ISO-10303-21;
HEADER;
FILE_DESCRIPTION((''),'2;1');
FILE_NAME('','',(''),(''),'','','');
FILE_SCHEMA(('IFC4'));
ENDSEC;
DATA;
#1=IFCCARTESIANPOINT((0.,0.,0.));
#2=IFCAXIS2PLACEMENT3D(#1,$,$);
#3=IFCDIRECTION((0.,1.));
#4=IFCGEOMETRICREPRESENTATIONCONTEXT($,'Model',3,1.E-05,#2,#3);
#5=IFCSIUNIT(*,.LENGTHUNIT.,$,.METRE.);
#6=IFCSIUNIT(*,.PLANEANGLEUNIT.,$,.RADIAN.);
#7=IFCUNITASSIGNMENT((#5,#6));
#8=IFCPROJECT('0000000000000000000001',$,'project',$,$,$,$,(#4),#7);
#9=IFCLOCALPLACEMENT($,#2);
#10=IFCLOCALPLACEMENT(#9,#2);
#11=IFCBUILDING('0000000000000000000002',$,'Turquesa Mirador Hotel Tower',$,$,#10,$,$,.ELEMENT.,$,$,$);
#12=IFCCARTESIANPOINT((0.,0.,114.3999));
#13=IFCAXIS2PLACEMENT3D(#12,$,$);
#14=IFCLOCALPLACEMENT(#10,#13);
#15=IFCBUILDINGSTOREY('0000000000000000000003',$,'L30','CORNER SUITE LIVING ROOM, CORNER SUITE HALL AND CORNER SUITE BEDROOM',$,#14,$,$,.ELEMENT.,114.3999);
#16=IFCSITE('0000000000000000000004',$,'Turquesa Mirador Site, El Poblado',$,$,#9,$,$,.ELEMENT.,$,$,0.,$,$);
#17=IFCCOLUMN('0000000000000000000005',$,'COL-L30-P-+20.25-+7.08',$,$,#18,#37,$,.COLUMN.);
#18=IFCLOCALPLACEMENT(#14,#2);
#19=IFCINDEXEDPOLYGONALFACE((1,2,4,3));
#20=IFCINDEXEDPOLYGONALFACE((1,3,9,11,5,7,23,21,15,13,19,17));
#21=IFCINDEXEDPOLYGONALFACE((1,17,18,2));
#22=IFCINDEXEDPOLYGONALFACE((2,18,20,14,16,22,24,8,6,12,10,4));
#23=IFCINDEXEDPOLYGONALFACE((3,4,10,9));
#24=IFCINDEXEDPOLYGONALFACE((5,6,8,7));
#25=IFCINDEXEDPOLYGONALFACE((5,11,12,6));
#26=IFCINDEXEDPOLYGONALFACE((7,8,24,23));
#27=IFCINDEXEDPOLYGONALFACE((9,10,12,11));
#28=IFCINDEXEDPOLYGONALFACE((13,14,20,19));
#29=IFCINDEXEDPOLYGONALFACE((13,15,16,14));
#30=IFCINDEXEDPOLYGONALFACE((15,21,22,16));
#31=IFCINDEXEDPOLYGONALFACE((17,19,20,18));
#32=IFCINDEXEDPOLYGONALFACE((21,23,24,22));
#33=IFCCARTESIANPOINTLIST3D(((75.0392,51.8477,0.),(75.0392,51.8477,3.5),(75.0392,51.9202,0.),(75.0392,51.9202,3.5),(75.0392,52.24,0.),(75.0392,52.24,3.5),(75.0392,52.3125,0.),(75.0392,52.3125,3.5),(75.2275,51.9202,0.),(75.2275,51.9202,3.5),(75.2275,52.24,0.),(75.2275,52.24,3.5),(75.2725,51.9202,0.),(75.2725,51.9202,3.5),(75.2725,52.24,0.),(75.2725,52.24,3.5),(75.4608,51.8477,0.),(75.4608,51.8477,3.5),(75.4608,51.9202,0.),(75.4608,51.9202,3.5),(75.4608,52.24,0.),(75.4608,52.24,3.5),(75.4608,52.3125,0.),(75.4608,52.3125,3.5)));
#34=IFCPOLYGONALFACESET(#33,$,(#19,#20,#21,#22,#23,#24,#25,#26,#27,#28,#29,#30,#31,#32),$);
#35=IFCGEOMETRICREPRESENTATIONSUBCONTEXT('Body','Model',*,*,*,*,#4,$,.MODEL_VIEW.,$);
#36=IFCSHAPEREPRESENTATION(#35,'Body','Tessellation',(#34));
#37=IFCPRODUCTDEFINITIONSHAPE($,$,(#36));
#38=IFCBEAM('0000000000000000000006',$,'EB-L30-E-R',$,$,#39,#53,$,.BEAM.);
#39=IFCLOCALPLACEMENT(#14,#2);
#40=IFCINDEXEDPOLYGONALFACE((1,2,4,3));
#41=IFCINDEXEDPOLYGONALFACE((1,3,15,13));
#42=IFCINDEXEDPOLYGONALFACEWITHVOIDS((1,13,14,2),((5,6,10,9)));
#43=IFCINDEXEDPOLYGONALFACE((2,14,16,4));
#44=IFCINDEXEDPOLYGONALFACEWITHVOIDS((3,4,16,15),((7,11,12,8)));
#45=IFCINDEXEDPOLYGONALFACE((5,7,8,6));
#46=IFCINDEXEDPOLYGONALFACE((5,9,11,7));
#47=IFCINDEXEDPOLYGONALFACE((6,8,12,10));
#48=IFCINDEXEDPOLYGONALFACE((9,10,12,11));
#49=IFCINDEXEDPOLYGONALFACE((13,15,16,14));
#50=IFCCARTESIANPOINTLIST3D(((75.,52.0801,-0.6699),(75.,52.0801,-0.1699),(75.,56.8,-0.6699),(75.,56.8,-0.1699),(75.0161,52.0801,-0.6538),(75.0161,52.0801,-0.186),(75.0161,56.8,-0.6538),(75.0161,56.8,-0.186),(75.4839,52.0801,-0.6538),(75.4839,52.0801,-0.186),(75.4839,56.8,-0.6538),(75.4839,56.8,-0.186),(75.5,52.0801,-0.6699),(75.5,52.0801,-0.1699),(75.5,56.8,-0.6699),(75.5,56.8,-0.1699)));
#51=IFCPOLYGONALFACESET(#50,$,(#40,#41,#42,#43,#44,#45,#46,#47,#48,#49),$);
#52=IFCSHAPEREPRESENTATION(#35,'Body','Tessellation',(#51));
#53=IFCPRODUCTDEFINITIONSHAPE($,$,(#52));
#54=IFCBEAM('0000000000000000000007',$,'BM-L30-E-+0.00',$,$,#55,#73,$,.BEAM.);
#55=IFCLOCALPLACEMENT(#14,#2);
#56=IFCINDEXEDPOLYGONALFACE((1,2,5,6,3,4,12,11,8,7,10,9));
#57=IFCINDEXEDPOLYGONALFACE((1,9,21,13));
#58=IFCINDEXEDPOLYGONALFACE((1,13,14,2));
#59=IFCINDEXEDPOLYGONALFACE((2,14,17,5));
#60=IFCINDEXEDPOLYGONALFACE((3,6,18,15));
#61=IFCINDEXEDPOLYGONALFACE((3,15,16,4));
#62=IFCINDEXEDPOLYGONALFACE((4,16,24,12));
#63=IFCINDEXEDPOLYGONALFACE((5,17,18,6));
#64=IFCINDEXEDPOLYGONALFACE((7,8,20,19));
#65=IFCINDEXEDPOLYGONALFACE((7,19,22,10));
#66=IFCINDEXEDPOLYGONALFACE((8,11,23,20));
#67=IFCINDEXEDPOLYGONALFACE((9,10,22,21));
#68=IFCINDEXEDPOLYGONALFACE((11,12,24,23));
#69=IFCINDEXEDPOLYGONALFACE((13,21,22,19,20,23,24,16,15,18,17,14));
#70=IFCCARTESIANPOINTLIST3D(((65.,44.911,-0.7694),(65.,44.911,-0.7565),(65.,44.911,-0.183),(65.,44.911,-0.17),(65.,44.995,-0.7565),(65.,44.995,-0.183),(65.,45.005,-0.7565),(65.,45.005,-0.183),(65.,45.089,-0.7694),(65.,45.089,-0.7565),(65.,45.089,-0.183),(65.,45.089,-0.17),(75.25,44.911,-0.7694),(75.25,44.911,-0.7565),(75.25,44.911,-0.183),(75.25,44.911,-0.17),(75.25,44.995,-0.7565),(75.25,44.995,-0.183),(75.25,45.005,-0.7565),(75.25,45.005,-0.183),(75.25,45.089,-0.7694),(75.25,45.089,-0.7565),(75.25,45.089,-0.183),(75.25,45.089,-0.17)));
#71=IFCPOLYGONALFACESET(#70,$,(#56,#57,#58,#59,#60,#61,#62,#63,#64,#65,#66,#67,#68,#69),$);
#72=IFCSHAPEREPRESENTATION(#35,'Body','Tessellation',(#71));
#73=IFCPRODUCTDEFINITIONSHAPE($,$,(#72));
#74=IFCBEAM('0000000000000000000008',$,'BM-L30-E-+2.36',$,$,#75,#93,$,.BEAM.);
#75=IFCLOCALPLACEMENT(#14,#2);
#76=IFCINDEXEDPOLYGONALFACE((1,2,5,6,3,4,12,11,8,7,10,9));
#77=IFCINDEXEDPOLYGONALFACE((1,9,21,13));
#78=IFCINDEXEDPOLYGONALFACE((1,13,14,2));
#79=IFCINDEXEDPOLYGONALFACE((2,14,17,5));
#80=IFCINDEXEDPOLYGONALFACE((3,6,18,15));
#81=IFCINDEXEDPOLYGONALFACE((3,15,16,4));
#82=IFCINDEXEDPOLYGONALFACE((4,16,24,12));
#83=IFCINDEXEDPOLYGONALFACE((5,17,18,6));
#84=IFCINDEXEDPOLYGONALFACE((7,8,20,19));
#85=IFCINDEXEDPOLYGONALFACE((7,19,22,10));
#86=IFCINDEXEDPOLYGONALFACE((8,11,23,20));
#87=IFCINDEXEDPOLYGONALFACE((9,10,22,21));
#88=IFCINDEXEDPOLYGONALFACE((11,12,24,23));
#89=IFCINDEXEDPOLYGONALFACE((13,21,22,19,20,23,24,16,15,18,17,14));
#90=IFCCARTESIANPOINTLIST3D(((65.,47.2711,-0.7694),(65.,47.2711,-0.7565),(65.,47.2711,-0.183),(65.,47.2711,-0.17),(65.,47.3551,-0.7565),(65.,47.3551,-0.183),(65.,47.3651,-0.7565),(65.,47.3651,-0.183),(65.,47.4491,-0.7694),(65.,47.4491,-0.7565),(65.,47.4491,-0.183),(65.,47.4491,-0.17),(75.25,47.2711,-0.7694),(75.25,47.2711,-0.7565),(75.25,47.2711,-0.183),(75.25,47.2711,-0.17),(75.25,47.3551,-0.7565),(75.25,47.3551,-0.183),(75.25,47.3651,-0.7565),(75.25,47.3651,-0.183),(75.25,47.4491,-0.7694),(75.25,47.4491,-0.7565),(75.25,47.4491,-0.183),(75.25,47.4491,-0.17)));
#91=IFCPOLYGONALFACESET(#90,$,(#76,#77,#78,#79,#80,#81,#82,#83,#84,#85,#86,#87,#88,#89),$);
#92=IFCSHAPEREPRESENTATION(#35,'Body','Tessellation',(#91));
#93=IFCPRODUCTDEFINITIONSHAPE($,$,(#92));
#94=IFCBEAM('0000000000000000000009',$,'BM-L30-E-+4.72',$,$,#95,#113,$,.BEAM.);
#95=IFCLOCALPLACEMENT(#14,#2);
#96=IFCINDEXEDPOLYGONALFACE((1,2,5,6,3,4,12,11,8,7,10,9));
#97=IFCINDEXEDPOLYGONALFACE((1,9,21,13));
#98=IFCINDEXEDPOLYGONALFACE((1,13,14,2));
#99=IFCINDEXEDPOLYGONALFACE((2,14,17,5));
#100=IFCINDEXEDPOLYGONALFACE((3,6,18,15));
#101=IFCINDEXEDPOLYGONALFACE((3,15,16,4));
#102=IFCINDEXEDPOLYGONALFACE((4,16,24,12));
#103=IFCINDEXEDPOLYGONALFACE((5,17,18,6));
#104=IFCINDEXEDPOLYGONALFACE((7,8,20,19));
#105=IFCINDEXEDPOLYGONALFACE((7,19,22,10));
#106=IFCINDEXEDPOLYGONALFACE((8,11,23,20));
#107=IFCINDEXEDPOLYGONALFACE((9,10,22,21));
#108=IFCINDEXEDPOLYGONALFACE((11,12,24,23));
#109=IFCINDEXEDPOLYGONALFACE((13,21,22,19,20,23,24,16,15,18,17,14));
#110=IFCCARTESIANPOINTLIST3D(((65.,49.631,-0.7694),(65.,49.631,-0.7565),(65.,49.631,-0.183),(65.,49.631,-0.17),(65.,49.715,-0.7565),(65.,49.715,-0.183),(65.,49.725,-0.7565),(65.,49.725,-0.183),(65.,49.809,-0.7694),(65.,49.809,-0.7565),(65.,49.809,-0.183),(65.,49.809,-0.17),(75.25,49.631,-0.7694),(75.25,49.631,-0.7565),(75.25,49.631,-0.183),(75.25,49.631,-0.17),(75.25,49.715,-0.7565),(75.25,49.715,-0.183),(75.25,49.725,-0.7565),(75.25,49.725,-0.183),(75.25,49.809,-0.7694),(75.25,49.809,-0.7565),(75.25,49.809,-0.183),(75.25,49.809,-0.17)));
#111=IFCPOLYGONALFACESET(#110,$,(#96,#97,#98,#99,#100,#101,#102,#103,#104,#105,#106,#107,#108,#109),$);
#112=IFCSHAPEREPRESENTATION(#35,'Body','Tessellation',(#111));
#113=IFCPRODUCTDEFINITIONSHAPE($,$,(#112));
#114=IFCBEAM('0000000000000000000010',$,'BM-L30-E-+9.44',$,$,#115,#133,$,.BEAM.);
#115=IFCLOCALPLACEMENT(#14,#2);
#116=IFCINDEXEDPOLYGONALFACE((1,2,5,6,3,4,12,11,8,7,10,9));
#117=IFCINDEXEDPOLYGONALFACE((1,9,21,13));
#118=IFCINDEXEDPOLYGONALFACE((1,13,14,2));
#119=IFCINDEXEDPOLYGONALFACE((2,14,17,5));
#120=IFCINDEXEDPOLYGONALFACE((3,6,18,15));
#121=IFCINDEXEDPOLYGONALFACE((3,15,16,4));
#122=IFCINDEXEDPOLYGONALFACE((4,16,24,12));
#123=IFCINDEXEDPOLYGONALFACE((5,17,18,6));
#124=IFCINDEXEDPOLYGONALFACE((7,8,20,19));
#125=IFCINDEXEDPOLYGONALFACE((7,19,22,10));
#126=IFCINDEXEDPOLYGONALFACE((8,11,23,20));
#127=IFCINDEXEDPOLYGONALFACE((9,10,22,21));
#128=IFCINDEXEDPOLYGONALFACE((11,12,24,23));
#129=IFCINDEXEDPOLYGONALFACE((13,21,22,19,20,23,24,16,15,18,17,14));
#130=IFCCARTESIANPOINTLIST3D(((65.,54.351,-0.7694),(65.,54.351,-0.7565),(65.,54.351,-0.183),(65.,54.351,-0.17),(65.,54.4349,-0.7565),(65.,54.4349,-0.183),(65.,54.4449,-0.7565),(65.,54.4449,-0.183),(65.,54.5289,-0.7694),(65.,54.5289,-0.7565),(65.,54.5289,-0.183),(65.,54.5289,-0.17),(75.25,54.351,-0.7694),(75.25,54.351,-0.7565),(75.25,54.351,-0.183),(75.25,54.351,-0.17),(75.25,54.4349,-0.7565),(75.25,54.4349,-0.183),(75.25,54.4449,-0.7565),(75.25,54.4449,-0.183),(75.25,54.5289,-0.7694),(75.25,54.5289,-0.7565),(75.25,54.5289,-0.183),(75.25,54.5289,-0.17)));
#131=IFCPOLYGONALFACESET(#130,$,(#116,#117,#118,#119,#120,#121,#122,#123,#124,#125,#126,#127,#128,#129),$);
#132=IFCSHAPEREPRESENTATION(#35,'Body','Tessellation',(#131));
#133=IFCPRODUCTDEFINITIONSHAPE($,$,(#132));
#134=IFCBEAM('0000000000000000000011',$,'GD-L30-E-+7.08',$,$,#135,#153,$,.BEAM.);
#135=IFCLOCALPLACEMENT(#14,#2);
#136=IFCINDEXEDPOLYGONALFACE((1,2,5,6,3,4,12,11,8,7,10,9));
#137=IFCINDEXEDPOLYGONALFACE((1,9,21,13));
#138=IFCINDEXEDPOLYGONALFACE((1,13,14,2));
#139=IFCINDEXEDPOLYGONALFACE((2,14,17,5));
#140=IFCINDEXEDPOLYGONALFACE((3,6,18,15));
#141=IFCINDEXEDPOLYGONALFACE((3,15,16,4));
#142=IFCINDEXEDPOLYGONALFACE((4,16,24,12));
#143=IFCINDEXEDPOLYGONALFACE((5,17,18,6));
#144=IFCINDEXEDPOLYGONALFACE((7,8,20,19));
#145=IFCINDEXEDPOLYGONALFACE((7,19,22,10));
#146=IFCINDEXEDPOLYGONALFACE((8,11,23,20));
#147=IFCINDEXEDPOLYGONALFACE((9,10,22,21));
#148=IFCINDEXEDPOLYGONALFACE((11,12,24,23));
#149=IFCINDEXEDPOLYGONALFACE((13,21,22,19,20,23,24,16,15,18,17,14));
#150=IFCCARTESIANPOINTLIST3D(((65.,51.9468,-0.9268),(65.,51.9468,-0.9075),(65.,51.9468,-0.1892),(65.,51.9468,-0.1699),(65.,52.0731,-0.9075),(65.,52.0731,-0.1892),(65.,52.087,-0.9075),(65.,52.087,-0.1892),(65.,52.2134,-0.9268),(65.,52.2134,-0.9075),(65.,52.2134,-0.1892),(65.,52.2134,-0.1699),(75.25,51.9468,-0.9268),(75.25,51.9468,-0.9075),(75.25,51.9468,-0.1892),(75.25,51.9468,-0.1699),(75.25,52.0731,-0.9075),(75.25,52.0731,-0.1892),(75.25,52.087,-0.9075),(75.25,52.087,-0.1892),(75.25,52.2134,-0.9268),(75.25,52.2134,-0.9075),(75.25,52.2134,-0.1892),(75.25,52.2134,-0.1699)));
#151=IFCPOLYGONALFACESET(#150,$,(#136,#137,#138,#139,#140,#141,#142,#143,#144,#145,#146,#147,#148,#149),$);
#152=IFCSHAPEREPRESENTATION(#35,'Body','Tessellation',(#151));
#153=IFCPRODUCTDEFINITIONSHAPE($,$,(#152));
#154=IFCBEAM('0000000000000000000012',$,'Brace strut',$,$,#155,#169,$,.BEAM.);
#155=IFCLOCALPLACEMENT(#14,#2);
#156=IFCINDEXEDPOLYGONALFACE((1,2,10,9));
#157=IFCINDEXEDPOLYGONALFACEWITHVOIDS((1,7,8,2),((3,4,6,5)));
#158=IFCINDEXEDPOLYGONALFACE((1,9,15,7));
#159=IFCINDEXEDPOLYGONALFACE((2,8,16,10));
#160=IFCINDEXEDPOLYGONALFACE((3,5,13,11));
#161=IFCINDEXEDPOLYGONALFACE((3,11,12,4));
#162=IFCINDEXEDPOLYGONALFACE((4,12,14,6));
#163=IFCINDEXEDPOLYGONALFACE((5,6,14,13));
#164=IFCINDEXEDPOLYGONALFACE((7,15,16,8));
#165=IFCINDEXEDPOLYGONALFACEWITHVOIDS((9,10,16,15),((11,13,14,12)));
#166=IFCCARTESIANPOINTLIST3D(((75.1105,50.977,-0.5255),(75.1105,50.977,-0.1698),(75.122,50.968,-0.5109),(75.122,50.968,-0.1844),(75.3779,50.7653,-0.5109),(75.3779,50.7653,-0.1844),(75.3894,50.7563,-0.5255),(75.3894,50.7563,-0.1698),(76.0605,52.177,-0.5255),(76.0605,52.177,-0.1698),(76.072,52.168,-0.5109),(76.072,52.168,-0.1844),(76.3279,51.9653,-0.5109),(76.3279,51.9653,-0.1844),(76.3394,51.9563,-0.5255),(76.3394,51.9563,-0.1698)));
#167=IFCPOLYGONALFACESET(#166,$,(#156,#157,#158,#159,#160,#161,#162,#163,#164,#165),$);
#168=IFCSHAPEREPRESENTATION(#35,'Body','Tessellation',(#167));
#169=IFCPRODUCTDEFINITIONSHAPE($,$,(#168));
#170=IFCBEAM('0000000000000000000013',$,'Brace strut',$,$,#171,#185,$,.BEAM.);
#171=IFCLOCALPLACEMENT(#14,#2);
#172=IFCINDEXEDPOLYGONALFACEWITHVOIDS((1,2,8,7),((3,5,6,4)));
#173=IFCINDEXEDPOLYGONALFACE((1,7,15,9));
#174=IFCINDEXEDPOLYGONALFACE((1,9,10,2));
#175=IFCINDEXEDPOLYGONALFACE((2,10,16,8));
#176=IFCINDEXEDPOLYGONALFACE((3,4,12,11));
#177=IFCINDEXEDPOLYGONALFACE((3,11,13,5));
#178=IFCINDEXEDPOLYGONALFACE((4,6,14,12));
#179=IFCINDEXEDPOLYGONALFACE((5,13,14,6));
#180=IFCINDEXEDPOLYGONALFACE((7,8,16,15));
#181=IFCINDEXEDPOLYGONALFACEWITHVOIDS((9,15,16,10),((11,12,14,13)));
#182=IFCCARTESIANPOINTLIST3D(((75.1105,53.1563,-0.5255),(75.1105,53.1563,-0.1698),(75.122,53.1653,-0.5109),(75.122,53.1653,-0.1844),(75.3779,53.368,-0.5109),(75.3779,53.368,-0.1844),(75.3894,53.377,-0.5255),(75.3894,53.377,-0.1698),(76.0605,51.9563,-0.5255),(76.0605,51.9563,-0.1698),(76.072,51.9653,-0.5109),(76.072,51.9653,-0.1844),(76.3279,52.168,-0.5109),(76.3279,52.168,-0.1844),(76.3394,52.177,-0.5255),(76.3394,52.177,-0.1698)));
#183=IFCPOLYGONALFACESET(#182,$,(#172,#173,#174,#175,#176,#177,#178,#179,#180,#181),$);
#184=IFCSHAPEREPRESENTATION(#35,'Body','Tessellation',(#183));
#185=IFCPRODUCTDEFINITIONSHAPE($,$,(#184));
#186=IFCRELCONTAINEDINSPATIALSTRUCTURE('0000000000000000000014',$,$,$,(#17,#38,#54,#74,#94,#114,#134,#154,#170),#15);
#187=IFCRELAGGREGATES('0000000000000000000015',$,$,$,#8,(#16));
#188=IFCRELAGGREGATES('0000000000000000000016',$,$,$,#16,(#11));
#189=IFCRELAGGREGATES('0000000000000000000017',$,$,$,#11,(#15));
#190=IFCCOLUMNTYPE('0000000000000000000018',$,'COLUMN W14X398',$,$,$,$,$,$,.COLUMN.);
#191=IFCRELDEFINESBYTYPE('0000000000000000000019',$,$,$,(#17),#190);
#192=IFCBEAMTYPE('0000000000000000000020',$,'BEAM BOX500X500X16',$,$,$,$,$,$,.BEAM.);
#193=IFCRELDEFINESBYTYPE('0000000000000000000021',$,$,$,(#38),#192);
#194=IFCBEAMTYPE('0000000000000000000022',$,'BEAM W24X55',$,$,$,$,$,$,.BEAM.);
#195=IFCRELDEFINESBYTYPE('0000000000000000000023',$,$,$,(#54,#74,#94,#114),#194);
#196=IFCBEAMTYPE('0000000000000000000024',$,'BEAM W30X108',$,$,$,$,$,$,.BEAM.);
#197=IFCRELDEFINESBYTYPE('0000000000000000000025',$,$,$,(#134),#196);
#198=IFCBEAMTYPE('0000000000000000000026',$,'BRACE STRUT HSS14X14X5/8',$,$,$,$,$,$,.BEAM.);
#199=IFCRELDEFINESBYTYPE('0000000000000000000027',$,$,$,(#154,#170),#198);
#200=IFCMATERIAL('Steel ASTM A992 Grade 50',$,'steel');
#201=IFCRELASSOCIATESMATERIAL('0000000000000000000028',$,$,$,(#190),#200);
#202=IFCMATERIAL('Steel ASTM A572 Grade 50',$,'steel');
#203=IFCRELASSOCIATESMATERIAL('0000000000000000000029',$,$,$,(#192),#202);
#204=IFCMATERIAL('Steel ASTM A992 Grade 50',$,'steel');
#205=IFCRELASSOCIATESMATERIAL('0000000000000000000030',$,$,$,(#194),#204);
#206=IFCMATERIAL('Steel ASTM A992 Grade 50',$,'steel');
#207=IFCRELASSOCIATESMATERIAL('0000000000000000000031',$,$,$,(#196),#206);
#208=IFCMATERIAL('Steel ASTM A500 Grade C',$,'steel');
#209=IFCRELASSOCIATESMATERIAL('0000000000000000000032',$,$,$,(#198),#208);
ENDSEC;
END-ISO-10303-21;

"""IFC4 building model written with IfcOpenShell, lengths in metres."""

from ifc_helpers import new_model, si_unit, direction, frame, origin, origin_2d, place, context, subcontext, project, spatial, hollow_rectangle, i_section, extrude, material, material_profile, profile_set, type_object, element, save


model = new_model("IFC4")

# Units and contexts
model_context = context("Model", 3, precision=1e-05, world=origin(), true_north=direction((0.0, 1.0)))
body_context = subcontext(model_context, "Body", "Model", "MODEL_VIEW")
ifc_project = project(units=[si_unit("LENGTHUNIT", "METRE"), si_unit("PLANEANGLEUNIT", "RADIAN")], contexts=[model_context])

# Site, building, storey
site_placement = place(None, origin())
site = spatial("IfcSite", under=ifc_project, at=site_placement, Name="Turquesa Mirador Site, El Poblado", CompositionType="ELEMENT", RefElevation=0.0)
building_placement = place(site_placement, origin())
building = spatial("IfcBuilding", under=site, at=building_placement, Name="Turquesa Mirador Hotel Tower", CompositionType="ELEMENT")
storey_placement = place(building_placement, frame((0.0, 0.0, 114.3999)))
storey = spatial("IfcBuildingStorey", under=building, at=storey_placement, Name="L30", Description="CORNER SUITE LIVING ROOM, CORNER SUITE HALL AND CORNER SUITE BEDROOM", CompositionType="ELEMENT", Elevation=114.3999)

# Column
ifc_material_1 = material(Name="Steel ASTM A992 Grade 50", Category="steel")
ifc_material_profile_1 = material_profile(ifc_material_1, i_section(OverallWidth=0.4216, OverallDepth=0.4648, WebThickness=0.0449, FlangeThickness=0.0725, at=origin_2d()), Name="W14X398")
ifc_profile_set_1 = profile_set([ifc_material_profile_1], Name="Steel ASTM A992 Grade 50")
column_type = type_object("IfcColumnType", Name="COLUMN W14X398", PredefinedType="COLUMN", material=ifc_profile_set_1)
column_placement = place(storey_placement, frame((75.25, 52.0801, 0.0), z_axis=(0.0, 0.0, 1.0), x_axis=(1.0, 0.0, 0.0)))
element("IfcColumn", 1, at=column_placement, inside=storey, type_object=column_type, Name="COL-L30-P-+20.25-+7.08", PredefinedType="COLUMN", context=body_context, shape_type="SweptSolid", body=[
    extrude(i_section(OverallWidth=0.4216, OverallDepth=0.4648, WebThickness=0.0449, FlangeThickness=0.0725, at=origin_2d()), origin(), (0.0, 0.0, 1.0), 3.5),
])

# Beams
ifc_material_2 = material(Name="Steel ASTM A572 Grade 50", Category="steel")
ifc_material_profile_2 = material_profile(ifc_material_2, hollow_rectangle(XDim=0.5, YDim=0.5, WallThickness=0.0161, at=origin_2d()), Name="BOX500X500X16")
ifc_profile_set_2 = profile_set([ifc_material_profile_2], Name="Steel ASTM A572 Grade 50")
beam_type_1 = type_object("IfcBeamType", Name="BEAM BOX500X500X16", PredefinedType="BEAM", material=ifc_profile_set_2)
beam_1_placement = place(storey_placement, frame((75.25, 52.0801, -0.4199), z_axis=(0.0, 1.0, 0.0), x_axis=(-1.0, 0.0, 0.0)))
element("IfcBeam", 2, at=beam_1_placement, inside=storey, type_object=beam_type_1, Name="EB-L30-E-R", PredefinedType="BEAM", context=body_context, shape_type="SweptSolid", body=[
    extrude(hollow_rectangle(XDim=0.5, YDim=0.5, WallThickness=0.0161, at=origin_2d()), origin(), (0.0, 0.0, 1.0), 4.72),
])
ifc_material_3 = material(Name="Steel ASTM A992 Grade 50", Category="steel")
ifc_material_profile_3 = material_profile(ifc_material_3, i_section(OverallWidth=0.178, OverallDepth=0.5994, WebThickness=0.01, FlangeThickness=0.0129, at=origin_2d()), Name="W24X55")
ifc_profile_set_3 = profile_set([ifc_material_profile_3], Name="Steel ASTM A992 Grade 50")
beam_type_2 = type_object("IfcBeamType", Name="BEAM W24X55", PredefinedType="BEAM", material=ifc_profile_set_3)
for number, where, z_axis, x_axis, name in (
    (3, (75.25, 45.0, -0.4697), (-1.0, 0.0, 0.0), (0.0, -1.0, 0.0), "BM-L30-E-+0.00"),
    (4, (75.25, 47.3601, -0.4697), (-1.0, 0.0, 0.0), (0.0, -1.0, 0.0), "BM-L30-E-+2.36"),
    (5, (75.25, 49.72, -0.4697), (-1.0, 0.0, 0.0), (0.0, -1.0, 0.0), "BM-L30-E-+4.72"),
    (6, (75.25, 54.4399, -0.4697), (-1.0, 0.0, 0.0), (0.0, -1.0, 0.0), "BM-L30-E-+9.44"),
):
    element("IfcBeam", number, at=place(storey_placement, frame(where, z_axis=z_axis, x_axis=x_axis)), inside=storey, type_object=beam_type_2, Name=name, PredefinedType="BEAM", context=body_context, shape_type="SweptSolid", body=[
        extrude(i_section(OverallWidth=0.178, OverallDepth=0.5994, WebThickness=0.01, FlangeThickness=0.0129, at=origin_2d()), origin(), (0.0, 0.0, 1.0), 10.25),
    ])
ifc_material_4 = material(Name="Steel ASTM A992 Grade 50", Category="steel")
ifc_material_profile_4 = material_profile(ifc_material_4, i_section(OverallWidth=0.2666, OverallDepth=0.7568, WebThickness=0.0139, FlangeThickness=0.0193, at=origin_2d()), Name="W30X108")
ifc_profile_set_4 = profile_set([ifc_material_profile_4], Name="Steel ASTM A992 Grade 50")
beam_type_3 = type_object("IfcBeamType", Name="BEAM W30X108", PredefinedType="BEAM", material=ifc_profile_set_4)
beam_2_placement = place(storey_placement, frame((75.25, 52.0801, -0.5483), z_axis=(-1.0, 0.0, 0.0), x_axis=(0.0, -1.0, 0.0)))
element("IfcBeam", 7, at=beam_2_placement, inside=storey, type_object=beam_type_3, Name="GD-L30-E-+7.08", PredefinedType="BEAM", context=body_context, shape_type="SweptSolid", body=[
    extrude(i_section(OverallWidth=0.2666, OverallDepth=0.7568, WebThickness=0.0139, FlangeThickness=0.0193, at=origin_2d()), origin(), (0.0, 0.0, 1.0), 10.25),
])
ifc_material_5 = material(Name="Steel ASTM A500 Grade C", Category="steel")
ifc_material_profile_5 = material_profile(ifc_material_5, hollow_rectangle(XDim=0.3557, YDim=0.3557, WallThickness=0.0146, at=origin_2d()), Name="HSS14X14X5/8")
ifc_profile_set_5 = profile_set([ifc_material_profile_5], Name="Steel ASTM A500 Grade C")
beam_type_4 = type_object("IfcBeamType", Name="BRACE STRUT HSS14X14X5/8", PredefinedType="BEAM", material=ifc_profile_set_5)
for number, where, z_axis, x_axis, name in (
    (8, (76.2, 52.0667, -0.3477), (-0.620699, -0.784049, 0.0), (0.784049, -0.620699, 0.0), "Brace strut"),
    (9, (76.2, 52.0667, -0.3477), (-0.620699, 0.784049, 0.0), (-0.784049, -0.620699, 0.0), "Brace strut"),
):
    element("IfcBeam", number, at=place(storey_placement, frame(where, z_axis=z_axis, x_axis=x_axis)), inside=storey, type_object=beam_type_4, Name=name, PredefinedType="BEAM", context=body_context, shape_type="SweptSolid", body=[
        extrude(hollow_rectangle(XDim=0.3557, YDim=0.3557, WallThickness=0.0146, at=origin_2d()), origin(), (0.0, 0.0, 1.0), 1.5305),
    ])

save(model, "model.ifc")
